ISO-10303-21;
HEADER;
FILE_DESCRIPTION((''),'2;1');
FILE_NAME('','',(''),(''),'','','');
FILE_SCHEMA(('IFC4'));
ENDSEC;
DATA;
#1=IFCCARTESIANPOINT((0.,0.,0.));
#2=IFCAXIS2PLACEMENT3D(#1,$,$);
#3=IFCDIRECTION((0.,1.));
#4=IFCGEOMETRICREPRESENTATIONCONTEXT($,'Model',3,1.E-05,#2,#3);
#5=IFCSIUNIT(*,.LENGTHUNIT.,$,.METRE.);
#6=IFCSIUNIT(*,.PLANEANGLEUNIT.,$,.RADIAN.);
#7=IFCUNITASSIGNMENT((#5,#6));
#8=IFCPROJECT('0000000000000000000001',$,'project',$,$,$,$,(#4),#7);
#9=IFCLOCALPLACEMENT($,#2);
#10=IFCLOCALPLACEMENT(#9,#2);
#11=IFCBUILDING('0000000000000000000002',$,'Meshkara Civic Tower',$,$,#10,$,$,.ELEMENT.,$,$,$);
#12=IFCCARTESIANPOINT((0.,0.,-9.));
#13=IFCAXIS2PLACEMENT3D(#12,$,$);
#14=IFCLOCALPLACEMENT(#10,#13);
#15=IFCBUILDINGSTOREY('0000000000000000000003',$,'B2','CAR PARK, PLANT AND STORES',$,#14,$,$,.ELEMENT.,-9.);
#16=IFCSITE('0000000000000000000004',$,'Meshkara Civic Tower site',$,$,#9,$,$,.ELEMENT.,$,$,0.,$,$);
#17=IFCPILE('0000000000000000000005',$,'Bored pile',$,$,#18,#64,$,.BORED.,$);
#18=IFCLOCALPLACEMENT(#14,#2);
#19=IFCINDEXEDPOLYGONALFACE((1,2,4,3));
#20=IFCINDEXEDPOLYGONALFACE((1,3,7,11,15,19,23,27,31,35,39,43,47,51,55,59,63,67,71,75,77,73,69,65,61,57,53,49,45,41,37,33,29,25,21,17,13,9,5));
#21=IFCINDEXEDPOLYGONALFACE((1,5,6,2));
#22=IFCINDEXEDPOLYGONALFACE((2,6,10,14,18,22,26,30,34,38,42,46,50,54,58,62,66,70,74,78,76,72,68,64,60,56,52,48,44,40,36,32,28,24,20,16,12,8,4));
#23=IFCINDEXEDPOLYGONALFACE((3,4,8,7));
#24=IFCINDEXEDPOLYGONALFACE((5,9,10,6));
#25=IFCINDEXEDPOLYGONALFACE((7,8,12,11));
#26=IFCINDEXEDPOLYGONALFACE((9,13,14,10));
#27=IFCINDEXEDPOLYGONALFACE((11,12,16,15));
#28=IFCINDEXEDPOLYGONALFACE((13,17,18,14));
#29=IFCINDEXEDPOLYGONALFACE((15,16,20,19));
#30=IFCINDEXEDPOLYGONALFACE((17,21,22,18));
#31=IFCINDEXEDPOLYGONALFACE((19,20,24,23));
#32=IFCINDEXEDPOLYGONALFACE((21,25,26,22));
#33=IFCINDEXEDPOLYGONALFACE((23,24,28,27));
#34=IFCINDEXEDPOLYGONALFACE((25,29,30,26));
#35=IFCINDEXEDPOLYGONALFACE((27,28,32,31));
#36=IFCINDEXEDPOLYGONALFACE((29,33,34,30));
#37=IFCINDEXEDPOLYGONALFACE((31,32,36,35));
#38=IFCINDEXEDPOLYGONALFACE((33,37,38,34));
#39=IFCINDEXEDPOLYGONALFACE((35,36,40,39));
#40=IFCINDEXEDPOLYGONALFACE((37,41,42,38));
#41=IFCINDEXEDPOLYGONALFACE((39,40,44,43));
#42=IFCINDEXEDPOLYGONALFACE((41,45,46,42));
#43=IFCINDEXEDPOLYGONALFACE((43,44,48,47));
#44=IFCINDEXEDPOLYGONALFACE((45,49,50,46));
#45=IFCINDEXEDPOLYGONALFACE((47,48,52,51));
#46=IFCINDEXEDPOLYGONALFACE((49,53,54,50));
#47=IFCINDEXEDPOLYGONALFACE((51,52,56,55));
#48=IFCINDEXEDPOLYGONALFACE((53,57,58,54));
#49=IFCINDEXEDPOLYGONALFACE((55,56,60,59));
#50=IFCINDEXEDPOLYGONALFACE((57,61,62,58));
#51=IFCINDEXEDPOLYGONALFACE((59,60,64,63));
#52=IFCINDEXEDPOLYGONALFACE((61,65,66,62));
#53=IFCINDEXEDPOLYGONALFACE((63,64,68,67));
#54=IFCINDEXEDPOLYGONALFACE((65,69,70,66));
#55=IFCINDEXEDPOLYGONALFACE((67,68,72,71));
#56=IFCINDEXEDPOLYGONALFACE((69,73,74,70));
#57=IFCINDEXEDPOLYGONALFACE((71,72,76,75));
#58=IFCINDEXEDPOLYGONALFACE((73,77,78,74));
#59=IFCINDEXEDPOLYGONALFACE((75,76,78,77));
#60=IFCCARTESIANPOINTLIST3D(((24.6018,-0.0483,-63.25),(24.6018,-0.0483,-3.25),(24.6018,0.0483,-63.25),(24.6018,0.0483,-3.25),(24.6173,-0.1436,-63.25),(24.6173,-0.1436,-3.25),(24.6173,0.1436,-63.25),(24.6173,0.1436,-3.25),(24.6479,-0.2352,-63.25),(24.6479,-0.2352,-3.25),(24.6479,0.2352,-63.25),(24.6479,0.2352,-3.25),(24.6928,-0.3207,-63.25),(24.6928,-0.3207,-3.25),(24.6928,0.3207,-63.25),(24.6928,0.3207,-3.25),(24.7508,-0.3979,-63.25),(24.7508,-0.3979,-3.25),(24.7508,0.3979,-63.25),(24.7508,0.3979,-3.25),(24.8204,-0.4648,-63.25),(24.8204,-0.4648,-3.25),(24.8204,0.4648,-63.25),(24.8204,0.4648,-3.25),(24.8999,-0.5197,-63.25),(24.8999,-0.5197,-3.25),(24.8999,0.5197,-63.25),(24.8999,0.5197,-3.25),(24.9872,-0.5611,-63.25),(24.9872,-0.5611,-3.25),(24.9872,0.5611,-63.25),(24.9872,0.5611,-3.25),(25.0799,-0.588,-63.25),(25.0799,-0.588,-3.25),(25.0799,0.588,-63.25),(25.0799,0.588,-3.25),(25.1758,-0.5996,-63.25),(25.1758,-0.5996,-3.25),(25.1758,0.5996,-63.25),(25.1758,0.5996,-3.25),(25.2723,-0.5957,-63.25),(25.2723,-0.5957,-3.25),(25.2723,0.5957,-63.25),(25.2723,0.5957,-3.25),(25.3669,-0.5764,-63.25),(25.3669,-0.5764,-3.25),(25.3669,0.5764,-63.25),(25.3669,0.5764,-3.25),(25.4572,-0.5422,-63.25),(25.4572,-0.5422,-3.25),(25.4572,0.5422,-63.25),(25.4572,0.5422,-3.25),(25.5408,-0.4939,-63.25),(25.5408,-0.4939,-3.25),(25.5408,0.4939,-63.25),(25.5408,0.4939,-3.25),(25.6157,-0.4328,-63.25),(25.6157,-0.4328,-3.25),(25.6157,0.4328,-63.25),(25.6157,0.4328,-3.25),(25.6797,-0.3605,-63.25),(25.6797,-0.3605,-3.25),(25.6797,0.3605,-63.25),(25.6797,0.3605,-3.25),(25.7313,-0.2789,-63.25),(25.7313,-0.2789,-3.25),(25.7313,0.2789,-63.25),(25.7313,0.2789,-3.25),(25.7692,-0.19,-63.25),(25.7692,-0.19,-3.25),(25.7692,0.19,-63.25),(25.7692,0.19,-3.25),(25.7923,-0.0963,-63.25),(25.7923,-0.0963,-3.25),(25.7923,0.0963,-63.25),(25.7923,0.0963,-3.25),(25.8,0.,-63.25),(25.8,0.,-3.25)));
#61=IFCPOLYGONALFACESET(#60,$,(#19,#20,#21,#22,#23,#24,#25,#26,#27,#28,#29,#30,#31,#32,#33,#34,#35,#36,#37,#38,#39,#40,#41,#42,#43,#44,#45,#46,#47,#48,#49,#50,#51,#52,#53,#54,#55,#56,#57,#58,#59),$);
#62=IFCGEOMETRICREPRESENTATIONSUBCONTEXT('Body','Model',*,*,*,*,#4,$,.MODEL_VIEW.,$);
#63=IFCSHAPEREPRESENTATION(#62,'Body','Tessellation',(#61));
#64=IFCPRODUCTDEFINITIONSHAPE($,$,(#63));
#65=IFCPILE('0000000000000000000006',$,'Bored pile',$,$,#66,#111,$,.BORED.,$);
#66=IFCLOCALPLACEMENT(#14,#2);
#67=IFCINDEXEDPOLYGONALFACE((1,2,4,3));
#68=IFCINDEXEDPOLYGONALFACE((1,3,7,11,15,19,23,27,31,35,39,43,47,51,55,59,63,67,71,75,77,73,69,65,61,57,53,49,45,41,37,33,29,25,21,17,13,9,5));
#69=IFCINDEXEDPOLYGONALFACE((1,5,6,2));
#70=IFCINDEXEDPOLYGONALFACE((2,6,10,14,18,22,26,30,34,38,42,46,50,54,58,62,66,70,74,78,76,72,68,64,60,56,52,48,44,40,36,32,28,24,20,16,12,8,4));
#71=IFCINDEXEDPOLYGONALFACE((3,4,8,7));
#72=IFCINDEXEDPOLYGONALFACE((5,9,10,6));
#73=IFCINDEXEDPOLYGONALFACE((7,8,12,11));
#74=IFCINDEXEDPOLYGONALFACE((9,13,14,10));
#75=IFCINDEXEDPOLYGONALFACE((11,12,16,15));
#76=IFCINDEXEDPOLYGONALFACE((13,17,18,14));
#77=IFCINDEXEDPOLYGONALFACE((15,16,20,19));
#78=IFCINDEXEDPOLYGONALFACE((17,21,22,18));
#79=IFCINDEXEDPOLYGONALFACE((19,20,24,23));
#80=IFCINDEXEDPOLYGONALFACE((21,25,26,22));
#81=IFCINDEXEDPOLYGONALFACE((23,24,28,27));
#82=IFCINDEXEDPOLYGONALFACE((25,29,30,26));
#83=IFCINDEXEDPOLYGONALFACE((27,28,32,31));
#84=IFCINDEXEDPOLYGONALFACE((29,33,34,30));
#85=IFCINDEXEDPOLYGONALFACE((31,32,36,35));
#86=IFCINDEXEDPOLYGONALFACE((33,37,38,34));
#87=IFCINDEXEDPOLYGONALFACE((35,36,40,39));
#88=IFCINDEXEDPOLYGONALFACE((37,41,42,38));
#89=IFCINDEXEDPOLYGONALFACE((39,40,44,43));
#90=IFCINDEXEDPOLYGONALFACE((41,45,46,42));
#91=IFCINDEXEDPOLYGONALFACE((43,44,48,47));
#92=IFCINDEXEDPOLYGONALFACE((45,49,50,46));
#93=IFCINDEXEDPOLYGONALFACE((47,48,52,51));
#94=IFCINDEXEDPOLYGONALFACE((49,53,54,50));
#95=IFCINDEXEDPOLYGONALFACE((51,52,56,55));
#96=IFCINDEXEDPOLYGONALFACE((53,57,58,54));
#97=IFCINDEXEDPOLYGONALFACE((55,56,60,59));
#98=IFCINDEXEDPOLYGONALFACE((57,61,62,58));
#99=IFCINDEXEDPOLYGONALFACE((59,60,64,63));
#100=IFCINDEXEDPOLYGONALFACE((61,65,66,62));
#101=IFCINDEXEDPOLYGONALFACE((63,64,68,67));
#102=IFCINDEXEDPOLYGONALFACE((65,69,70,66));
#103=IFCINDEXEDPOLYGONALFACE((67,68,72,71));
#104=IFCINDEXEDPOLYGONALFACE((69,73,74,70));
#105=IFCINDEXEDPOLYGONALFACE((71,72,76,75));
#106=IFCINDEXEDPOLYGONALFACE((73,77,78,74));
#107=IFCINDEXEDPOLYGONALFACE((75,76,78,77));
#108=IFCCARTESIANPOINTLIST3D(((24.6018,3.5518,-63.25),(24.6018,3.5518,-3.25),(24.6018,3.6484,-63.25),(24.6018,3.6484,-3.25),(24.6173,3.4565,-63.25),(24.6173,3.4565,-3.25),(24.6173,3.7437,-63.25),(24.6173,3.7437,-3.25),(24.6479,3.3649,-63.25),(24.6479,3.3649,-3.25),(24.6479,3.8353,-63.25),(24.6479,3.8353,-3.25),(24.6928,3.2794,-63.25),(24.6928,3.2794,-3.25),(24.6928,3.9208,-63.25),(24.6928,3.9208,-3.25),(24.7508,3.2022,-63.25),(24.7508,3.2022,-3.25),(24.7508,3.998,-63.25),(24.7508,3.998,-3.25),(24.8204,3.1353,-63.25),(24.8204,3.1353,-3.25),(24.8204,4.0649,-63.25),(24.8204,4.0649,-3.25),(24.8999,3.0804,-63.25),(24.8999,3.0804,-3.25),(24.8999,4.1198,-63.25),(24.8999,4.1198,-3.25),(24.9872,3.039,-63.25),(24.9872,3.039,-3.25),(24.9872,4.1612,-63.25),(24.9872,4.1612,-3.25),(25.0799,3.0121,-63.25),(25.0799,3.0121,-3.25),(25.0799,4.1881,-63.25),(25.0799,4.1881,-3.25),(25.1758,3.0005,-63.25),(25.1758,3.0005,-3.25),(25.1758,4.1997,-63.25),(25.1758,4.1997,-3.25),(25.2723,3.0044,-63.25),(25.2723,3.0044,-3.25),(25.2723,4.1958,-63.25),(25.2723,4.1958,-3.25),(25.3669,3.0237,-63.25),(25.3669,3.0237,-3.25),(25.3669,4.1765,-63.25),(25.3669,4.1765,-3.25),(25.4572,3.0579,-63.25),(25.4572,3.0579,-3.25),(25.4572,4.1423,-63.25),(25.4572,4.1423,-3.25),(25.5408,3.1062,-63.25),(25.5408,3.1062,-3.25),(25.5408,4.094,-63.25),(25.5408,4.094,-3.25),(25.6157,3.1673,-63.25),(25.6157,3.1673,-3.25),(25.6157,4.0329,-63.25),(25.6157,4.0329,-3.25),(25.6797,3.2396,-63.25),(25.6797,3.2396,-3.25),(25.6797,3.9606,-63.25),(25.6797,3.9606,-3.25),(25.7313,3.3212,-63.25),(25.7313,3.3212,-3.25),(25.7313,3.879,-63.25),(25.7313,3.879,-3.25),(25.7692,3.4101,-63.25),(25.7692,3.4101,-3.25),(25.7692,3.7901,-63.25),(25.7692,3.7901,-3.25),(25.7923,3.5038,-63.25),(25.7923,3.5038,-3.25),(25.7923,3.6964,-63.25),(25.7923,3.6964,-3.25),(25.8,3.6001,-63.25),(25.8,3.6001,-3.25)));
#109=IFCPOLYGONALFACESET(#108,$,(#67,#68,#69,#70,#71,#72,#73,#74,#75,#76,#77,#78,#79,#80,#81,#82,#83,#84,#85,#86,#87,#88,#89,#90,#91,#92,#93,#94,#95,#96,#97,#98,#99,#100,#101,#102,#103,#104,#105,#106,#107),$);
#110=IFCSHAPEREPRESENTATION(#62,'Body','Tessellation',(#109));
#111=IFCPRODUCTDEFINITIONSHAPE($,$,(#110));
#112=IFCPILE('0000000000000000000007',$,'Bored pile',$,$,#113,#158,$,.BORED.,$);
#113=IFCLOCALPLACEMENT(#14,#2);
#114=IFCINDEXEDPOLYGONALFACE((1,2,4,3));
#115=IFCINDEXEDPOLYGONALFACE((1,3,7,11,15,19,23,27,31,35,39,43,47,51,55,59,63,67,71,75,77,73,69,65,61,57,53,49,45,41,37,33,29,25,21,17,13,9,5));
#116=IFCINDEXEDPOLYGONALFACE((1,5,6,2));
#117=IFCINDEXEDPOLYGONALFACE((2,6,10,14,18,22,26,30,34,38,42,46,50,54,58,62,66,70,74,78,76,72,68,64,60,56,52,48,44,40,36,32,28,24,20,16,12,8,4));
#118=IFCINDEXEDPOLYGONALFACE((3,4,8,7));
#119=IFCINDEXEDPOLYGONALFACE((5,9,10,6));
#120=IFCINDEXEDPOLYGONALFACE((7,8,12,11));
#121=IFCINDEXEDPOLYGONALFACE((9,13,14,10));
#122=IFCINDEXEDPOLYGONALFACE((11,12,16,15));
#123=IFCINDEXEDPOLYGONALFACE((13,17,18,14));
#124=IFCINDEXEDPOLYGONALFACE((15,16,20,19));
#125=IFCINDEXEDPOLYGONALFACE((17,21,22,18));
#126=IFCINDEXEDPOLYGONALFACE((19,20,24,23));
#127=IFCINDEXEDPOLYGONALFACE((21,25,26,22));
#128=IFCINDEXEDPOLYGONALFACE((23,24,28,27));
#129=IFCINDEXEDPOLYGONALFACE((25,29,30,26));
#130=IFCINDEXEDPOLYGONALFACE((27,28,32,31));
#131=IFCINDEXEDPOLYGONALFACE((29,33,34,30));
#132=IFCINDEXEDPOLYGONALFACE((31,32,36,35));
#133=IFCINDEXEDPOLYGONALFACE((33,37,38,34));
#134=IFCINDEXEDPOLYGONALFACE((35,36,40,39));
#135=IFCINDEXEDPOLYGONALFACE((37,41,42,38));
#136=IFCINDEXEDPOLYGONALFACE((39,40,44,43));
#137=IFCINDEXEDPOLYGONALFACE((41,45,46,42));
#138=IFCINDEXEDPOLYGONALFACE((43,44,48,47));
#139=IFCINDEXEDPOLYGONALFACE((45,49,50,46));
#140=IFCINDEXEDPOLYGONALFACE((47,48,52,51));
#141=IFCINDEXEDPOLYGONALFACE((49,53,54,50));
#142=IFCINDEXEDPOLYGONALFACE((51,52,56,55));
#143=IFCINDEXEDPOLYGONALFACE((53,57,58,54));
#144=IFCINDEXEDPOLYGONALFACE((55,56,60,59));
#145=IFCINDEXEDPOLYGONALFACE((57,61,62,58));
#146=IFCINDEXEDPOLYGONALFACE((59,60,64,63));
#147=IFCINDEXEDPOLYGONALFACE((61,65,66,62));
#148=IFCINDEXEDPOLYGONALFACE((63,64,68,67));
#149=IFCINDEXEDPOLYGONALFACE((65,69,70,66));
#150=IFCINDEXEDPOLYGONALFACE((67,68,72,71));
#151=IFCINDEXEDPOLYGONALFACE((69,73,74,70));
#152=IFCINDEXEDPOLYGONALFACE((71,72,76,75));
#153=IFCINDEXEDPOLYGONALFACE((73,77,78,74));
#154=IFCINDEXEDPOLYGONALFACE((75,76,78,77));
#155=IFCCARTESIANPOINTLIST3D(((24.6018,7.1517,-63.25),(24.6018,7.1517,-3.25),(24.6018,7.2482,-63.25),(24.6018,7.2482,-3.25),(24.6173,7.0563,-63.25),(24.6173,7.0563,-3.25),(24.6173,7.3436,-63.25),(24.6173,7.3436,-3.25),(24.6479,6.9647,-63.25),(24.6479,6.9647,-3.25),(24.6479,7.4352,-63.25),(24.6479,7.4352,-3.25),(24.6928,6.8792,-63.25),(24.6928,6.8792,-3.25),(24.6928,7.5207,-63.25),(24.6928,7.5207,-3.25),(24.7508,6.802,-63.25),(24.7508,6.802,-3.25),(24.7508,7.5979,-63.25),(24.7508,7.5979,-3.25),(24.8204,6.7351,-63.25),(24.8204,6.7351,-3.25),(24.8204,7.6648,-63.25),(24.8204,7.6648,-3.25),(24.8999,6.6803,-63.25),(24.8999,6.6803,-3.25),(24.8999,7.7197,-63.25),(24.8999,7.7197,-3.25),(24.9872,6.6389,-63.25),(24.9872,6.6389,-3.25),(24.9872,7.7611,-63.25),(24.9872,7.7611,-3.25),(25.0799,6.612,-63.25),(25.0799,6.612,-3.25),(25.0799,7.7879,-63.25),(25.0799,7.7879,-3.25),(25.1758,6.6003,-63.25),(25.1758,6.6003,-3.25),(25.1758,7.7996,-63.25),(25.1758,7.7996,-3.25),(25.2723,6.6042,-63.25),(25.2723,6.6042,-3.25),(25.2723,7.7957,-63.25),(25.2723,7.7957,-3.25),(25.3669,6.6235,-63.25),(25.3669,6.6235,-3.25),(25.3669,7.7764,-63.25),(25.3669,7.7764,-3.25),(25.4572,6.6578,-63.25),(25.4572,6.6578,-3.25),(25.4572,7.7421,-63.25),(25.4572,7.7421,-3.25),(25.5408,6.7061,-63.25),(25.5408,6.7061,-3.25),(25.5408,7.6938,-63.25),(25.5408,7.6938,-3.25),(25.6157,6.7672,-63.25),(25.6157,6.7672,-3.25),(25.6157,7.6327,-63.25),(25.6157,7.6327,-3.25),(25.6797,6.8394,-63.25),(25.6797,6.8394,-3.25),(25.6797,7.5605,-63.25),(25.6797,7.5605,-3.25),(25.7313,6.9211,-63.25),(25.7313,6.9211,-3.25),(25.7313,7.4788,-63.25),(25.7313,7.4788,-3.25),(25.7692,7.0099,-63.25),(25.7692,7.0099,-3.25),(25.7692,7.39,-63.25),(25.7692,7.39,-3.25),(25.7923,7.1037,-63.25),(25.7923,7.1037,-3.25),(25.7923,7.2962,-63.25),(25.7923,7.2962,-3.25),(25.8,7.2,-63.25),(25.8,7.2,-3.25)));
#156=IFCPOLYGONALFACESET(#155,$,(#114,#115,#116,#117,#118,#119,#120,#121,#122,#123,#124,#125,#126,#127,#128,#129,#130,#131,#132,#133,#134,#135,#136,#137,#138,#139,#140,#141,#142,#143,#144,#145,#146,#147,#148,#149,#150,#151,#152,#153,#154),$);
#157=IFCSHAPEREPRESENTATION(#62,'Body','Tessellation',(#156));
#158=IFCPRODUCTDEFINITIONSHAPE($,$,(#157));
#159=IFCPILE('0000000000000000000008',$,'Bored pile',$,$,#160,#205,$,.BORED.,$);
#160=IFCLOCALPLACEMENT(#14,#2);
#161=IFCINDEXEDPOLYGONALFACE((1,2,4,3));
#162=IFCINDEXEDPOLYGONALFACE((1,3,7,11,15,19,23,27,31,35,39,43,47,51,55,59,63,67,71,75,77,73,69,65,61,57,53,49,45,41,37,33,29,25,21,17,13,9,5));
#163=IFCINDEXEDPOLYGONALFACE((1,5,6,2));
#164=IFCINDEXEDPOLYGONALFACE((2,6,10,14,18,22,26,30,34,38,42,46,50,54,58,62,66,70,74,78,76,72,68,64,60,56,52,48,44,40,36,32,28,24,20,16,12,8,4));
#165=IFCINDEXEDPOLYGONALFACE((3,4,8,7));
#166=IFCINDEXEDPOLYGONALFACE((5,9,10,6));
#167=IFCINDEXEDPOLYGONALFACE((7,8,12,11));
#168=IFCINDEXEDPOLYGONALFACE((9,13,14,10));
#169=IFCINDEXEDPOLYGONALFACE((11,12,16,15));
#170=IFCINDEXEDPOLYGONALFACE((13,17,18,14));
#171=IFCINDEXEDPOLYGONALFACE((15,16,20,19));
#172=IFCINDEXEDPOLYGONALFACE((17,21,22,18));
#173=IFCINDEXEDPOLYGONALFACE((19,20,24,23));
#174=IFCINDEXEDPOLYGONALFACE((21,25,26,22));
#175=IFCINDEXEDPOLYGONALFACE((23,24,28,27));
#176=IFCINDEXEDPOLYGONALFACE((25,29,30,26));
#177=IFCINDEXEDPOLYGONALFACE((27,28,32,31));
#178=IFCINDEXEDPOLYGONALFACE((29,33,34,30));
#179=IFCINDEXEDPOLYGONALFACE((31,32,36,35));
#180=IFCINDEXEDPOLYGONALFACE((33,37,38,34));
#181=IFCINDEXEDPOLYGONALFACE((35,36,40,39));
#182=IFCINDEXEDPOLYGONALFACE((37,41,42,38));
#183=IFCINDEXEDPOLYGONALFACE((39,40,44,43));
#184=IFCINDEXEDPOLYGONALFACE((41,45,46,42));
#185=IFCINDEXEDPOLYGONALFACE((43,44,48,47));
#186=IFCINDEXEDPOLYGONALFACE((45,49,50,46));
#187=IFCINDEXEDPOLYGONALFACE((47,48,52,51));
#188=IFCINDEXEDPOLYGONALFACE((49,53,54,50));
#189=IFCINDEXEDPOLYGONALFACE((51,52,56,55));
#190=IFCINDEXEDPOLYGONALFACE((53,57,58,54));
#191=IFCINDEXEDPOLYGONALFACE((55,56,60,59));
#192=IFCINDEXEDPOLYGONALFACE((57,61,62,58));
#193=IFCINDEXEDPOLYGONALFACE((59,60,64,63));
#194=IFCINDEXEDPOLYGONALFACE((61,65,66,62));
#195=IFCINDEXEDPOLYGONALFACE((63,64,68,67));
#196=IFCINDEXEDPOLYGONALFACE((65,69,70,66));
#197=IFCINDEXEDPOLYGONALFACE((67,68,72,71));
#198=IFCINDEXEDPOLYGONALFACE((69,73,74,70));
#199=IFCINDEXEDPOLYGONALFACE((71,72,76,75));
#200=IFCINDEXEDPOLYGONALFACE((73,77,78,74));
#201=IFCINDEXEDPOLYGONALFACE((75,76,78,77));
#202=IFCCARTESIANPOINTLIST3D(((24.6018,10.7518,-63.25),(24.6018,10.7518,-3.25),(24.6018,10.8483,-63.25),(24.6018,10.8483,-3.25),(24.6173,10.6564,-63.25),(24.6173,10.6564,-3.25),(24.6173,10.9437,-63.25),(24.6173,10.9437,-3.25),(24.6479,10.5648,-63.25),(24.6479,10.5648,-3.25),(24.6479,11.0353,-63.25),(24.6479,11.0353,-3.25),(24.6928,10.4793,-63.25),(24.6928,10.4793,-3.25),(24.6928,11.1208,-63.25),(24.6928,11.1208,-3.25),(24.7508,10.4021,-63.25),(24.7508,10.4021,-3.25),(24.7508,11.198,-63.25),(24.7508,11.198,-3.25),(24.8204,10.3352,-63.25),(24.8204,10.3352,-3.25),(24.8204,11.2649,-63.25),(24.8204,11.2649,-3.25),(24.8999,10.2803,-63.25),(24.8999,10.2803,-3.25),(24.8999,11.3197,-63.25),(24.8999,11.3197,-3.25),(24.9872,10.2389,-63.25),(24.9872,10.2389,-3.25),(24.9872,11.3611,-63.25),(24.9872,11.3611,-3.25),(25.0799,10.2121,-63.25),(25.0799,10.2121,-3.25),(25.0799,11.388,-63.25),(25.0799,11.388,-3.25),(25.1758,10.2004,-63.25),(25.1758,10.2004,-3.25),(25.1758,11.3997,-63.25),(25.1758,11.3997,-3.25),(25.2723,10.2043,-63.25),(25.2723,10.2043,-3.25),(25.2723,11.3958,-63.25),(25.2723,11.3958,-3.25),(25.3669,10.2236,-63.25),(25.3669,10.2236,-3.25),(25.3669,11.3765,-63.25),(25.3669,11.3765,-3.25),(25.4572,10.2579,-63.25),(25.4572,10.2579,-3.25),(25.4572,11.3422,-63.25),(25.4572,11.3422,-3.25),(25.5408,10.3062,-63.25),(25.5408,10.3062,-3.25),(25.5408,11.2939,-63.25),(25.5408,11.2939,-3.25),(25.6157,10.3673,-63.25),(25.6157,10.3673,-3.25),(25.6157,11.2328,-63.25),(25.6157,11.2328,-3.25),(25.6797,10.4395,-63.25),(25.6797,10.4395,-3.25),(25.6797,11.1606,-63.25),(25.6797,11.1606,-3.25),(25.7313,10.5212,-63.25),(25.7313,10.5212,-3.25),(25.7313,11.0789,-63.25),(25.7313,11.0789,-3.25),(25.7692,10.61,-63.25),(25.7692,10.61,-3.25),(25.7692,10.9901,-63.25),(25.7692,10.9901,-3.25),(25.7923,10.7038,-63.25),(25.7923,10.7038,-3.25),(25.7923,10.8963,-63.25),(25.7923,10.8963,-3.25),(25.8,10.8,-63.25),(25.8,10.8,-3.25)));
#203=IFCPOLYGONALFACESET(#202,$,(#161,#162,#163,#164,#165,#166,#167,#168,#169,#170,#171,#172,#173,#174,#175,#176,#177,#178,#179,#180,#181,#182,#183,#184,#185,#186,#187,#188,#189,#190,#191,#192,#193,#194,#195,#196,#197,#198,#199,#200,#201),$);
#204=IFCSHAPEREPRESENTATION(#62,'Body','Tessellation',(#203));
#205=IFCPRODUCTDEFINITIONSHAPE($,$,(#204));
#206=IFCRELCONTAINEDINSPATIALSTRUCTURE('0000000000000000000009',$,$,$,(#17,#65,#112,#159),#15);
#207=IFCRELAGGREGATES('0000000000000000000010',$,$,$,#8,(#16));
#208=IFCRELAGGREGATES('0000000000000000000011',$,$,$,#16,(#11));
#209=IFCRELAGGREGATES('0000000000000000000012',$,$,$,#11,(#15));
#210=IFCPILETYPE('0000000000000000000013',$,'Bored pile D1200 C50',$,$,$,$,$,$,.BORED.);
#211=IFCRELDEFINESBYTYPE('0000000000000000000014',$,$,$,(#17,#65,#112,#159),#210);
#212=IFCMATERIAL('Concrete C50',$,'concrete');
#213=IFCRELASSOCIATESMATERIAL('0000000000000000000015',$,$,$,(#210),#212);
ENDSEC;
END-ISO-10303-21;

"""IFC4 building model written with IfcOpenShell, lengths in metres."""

from ifc_helpers import new_model, si_unit, direction, frame, origin, origin_2d, place, context, subcontext, project, spatial, circle, extrude, material, material_profile, profile_set, type_object, element, save


model = new_model("IFC4")

# Units and contexts
model_context = context("Model", 3, precision=1e-05, world=origin(), true_north=direction((0.0, 1.0)))
body_context = subcontext(model_context, "Body", "Model", "MODEL_VIEW")
ifc_project = project(units=[si_unit("LENGTHUNIT", "METRE"), si_unit("PLANEANGLEUNIT", "RADIAN")], contexts=[model_context])

# Site, building, storey
site_placement = place(None, origin())
site = spatial("IfcSite", under=ifc_project, at=site_placement, Name="Meshkara Civic Tower site", CompositionType="ELEMENT", RefElevation=0.0)
building_placement = place(site_placement, origin())
building = spatial("IfcBuilding", under=site, at=building_placement, Name="Meshkara Civic Tower", CompositionType="ELEMENT")
storey_placement = place(building_placement, frame((0.0, 0.0, -9.0)))
storey = spatial("IfcBuildingStorey", under=building, at=storey_placement, Name="B2", Description="CAR PARK, PLANT AND STORES", CompositionType="ELEMENT", Elevation=-9.0)

# Piles
ifc_material_1 = material(Name="Concrete C50", Category="concrete")
ifc_material_profile_1 = material_profile(ifc_material_1, circle(Radius=0.6001, at=origin_2d()))
ifc_profile_set_1 = profile_set([ifc_material_profile_1], Name="Concrete C50")
pile_type = type_object("IfcPileType", Name="Bored pile D1200 C50", PredefinedType="BORED", material=ifc_profile_set_1)
for number, where, z_axis, x_axis, name in (
    (1, (25.2, 0.0, -3.25), (0.0, 0.0, -1.0), (1.0, 0.0, 0.0), "Bored pile"),
    (2, (25.2, 3.6001, -3.25), (0.0, 0.0, -1.0), (1.0, 0.0, 0.0), "Bored pile"),
    (3, (25.2, 7.2, -3.25), (0.0, 0.0, -1.0), (1.0, 0.0, 0.0), "Bored pile"),
    (4, (25.2, 10.8, -3.25), (0.0, 0.0, -1.0), (1.0, 0.0, 0.0), "Bored pile"),
):
    element("IfcPile", number, at=place(storey_placement, frame(where, z_axis=z_axis, x_axis=x_axis)), inside=storey, type_object=pile_type, Name=name, PredefinedType="BORED", context=body_context, shape_type="SweptSolid", body=[
        extrude(circle(Radius=0.6001, at=origin_2d()), origin(), (0.0, 0.0, 1.0), 60.0),
    ])

save(model, "model.ifc")
